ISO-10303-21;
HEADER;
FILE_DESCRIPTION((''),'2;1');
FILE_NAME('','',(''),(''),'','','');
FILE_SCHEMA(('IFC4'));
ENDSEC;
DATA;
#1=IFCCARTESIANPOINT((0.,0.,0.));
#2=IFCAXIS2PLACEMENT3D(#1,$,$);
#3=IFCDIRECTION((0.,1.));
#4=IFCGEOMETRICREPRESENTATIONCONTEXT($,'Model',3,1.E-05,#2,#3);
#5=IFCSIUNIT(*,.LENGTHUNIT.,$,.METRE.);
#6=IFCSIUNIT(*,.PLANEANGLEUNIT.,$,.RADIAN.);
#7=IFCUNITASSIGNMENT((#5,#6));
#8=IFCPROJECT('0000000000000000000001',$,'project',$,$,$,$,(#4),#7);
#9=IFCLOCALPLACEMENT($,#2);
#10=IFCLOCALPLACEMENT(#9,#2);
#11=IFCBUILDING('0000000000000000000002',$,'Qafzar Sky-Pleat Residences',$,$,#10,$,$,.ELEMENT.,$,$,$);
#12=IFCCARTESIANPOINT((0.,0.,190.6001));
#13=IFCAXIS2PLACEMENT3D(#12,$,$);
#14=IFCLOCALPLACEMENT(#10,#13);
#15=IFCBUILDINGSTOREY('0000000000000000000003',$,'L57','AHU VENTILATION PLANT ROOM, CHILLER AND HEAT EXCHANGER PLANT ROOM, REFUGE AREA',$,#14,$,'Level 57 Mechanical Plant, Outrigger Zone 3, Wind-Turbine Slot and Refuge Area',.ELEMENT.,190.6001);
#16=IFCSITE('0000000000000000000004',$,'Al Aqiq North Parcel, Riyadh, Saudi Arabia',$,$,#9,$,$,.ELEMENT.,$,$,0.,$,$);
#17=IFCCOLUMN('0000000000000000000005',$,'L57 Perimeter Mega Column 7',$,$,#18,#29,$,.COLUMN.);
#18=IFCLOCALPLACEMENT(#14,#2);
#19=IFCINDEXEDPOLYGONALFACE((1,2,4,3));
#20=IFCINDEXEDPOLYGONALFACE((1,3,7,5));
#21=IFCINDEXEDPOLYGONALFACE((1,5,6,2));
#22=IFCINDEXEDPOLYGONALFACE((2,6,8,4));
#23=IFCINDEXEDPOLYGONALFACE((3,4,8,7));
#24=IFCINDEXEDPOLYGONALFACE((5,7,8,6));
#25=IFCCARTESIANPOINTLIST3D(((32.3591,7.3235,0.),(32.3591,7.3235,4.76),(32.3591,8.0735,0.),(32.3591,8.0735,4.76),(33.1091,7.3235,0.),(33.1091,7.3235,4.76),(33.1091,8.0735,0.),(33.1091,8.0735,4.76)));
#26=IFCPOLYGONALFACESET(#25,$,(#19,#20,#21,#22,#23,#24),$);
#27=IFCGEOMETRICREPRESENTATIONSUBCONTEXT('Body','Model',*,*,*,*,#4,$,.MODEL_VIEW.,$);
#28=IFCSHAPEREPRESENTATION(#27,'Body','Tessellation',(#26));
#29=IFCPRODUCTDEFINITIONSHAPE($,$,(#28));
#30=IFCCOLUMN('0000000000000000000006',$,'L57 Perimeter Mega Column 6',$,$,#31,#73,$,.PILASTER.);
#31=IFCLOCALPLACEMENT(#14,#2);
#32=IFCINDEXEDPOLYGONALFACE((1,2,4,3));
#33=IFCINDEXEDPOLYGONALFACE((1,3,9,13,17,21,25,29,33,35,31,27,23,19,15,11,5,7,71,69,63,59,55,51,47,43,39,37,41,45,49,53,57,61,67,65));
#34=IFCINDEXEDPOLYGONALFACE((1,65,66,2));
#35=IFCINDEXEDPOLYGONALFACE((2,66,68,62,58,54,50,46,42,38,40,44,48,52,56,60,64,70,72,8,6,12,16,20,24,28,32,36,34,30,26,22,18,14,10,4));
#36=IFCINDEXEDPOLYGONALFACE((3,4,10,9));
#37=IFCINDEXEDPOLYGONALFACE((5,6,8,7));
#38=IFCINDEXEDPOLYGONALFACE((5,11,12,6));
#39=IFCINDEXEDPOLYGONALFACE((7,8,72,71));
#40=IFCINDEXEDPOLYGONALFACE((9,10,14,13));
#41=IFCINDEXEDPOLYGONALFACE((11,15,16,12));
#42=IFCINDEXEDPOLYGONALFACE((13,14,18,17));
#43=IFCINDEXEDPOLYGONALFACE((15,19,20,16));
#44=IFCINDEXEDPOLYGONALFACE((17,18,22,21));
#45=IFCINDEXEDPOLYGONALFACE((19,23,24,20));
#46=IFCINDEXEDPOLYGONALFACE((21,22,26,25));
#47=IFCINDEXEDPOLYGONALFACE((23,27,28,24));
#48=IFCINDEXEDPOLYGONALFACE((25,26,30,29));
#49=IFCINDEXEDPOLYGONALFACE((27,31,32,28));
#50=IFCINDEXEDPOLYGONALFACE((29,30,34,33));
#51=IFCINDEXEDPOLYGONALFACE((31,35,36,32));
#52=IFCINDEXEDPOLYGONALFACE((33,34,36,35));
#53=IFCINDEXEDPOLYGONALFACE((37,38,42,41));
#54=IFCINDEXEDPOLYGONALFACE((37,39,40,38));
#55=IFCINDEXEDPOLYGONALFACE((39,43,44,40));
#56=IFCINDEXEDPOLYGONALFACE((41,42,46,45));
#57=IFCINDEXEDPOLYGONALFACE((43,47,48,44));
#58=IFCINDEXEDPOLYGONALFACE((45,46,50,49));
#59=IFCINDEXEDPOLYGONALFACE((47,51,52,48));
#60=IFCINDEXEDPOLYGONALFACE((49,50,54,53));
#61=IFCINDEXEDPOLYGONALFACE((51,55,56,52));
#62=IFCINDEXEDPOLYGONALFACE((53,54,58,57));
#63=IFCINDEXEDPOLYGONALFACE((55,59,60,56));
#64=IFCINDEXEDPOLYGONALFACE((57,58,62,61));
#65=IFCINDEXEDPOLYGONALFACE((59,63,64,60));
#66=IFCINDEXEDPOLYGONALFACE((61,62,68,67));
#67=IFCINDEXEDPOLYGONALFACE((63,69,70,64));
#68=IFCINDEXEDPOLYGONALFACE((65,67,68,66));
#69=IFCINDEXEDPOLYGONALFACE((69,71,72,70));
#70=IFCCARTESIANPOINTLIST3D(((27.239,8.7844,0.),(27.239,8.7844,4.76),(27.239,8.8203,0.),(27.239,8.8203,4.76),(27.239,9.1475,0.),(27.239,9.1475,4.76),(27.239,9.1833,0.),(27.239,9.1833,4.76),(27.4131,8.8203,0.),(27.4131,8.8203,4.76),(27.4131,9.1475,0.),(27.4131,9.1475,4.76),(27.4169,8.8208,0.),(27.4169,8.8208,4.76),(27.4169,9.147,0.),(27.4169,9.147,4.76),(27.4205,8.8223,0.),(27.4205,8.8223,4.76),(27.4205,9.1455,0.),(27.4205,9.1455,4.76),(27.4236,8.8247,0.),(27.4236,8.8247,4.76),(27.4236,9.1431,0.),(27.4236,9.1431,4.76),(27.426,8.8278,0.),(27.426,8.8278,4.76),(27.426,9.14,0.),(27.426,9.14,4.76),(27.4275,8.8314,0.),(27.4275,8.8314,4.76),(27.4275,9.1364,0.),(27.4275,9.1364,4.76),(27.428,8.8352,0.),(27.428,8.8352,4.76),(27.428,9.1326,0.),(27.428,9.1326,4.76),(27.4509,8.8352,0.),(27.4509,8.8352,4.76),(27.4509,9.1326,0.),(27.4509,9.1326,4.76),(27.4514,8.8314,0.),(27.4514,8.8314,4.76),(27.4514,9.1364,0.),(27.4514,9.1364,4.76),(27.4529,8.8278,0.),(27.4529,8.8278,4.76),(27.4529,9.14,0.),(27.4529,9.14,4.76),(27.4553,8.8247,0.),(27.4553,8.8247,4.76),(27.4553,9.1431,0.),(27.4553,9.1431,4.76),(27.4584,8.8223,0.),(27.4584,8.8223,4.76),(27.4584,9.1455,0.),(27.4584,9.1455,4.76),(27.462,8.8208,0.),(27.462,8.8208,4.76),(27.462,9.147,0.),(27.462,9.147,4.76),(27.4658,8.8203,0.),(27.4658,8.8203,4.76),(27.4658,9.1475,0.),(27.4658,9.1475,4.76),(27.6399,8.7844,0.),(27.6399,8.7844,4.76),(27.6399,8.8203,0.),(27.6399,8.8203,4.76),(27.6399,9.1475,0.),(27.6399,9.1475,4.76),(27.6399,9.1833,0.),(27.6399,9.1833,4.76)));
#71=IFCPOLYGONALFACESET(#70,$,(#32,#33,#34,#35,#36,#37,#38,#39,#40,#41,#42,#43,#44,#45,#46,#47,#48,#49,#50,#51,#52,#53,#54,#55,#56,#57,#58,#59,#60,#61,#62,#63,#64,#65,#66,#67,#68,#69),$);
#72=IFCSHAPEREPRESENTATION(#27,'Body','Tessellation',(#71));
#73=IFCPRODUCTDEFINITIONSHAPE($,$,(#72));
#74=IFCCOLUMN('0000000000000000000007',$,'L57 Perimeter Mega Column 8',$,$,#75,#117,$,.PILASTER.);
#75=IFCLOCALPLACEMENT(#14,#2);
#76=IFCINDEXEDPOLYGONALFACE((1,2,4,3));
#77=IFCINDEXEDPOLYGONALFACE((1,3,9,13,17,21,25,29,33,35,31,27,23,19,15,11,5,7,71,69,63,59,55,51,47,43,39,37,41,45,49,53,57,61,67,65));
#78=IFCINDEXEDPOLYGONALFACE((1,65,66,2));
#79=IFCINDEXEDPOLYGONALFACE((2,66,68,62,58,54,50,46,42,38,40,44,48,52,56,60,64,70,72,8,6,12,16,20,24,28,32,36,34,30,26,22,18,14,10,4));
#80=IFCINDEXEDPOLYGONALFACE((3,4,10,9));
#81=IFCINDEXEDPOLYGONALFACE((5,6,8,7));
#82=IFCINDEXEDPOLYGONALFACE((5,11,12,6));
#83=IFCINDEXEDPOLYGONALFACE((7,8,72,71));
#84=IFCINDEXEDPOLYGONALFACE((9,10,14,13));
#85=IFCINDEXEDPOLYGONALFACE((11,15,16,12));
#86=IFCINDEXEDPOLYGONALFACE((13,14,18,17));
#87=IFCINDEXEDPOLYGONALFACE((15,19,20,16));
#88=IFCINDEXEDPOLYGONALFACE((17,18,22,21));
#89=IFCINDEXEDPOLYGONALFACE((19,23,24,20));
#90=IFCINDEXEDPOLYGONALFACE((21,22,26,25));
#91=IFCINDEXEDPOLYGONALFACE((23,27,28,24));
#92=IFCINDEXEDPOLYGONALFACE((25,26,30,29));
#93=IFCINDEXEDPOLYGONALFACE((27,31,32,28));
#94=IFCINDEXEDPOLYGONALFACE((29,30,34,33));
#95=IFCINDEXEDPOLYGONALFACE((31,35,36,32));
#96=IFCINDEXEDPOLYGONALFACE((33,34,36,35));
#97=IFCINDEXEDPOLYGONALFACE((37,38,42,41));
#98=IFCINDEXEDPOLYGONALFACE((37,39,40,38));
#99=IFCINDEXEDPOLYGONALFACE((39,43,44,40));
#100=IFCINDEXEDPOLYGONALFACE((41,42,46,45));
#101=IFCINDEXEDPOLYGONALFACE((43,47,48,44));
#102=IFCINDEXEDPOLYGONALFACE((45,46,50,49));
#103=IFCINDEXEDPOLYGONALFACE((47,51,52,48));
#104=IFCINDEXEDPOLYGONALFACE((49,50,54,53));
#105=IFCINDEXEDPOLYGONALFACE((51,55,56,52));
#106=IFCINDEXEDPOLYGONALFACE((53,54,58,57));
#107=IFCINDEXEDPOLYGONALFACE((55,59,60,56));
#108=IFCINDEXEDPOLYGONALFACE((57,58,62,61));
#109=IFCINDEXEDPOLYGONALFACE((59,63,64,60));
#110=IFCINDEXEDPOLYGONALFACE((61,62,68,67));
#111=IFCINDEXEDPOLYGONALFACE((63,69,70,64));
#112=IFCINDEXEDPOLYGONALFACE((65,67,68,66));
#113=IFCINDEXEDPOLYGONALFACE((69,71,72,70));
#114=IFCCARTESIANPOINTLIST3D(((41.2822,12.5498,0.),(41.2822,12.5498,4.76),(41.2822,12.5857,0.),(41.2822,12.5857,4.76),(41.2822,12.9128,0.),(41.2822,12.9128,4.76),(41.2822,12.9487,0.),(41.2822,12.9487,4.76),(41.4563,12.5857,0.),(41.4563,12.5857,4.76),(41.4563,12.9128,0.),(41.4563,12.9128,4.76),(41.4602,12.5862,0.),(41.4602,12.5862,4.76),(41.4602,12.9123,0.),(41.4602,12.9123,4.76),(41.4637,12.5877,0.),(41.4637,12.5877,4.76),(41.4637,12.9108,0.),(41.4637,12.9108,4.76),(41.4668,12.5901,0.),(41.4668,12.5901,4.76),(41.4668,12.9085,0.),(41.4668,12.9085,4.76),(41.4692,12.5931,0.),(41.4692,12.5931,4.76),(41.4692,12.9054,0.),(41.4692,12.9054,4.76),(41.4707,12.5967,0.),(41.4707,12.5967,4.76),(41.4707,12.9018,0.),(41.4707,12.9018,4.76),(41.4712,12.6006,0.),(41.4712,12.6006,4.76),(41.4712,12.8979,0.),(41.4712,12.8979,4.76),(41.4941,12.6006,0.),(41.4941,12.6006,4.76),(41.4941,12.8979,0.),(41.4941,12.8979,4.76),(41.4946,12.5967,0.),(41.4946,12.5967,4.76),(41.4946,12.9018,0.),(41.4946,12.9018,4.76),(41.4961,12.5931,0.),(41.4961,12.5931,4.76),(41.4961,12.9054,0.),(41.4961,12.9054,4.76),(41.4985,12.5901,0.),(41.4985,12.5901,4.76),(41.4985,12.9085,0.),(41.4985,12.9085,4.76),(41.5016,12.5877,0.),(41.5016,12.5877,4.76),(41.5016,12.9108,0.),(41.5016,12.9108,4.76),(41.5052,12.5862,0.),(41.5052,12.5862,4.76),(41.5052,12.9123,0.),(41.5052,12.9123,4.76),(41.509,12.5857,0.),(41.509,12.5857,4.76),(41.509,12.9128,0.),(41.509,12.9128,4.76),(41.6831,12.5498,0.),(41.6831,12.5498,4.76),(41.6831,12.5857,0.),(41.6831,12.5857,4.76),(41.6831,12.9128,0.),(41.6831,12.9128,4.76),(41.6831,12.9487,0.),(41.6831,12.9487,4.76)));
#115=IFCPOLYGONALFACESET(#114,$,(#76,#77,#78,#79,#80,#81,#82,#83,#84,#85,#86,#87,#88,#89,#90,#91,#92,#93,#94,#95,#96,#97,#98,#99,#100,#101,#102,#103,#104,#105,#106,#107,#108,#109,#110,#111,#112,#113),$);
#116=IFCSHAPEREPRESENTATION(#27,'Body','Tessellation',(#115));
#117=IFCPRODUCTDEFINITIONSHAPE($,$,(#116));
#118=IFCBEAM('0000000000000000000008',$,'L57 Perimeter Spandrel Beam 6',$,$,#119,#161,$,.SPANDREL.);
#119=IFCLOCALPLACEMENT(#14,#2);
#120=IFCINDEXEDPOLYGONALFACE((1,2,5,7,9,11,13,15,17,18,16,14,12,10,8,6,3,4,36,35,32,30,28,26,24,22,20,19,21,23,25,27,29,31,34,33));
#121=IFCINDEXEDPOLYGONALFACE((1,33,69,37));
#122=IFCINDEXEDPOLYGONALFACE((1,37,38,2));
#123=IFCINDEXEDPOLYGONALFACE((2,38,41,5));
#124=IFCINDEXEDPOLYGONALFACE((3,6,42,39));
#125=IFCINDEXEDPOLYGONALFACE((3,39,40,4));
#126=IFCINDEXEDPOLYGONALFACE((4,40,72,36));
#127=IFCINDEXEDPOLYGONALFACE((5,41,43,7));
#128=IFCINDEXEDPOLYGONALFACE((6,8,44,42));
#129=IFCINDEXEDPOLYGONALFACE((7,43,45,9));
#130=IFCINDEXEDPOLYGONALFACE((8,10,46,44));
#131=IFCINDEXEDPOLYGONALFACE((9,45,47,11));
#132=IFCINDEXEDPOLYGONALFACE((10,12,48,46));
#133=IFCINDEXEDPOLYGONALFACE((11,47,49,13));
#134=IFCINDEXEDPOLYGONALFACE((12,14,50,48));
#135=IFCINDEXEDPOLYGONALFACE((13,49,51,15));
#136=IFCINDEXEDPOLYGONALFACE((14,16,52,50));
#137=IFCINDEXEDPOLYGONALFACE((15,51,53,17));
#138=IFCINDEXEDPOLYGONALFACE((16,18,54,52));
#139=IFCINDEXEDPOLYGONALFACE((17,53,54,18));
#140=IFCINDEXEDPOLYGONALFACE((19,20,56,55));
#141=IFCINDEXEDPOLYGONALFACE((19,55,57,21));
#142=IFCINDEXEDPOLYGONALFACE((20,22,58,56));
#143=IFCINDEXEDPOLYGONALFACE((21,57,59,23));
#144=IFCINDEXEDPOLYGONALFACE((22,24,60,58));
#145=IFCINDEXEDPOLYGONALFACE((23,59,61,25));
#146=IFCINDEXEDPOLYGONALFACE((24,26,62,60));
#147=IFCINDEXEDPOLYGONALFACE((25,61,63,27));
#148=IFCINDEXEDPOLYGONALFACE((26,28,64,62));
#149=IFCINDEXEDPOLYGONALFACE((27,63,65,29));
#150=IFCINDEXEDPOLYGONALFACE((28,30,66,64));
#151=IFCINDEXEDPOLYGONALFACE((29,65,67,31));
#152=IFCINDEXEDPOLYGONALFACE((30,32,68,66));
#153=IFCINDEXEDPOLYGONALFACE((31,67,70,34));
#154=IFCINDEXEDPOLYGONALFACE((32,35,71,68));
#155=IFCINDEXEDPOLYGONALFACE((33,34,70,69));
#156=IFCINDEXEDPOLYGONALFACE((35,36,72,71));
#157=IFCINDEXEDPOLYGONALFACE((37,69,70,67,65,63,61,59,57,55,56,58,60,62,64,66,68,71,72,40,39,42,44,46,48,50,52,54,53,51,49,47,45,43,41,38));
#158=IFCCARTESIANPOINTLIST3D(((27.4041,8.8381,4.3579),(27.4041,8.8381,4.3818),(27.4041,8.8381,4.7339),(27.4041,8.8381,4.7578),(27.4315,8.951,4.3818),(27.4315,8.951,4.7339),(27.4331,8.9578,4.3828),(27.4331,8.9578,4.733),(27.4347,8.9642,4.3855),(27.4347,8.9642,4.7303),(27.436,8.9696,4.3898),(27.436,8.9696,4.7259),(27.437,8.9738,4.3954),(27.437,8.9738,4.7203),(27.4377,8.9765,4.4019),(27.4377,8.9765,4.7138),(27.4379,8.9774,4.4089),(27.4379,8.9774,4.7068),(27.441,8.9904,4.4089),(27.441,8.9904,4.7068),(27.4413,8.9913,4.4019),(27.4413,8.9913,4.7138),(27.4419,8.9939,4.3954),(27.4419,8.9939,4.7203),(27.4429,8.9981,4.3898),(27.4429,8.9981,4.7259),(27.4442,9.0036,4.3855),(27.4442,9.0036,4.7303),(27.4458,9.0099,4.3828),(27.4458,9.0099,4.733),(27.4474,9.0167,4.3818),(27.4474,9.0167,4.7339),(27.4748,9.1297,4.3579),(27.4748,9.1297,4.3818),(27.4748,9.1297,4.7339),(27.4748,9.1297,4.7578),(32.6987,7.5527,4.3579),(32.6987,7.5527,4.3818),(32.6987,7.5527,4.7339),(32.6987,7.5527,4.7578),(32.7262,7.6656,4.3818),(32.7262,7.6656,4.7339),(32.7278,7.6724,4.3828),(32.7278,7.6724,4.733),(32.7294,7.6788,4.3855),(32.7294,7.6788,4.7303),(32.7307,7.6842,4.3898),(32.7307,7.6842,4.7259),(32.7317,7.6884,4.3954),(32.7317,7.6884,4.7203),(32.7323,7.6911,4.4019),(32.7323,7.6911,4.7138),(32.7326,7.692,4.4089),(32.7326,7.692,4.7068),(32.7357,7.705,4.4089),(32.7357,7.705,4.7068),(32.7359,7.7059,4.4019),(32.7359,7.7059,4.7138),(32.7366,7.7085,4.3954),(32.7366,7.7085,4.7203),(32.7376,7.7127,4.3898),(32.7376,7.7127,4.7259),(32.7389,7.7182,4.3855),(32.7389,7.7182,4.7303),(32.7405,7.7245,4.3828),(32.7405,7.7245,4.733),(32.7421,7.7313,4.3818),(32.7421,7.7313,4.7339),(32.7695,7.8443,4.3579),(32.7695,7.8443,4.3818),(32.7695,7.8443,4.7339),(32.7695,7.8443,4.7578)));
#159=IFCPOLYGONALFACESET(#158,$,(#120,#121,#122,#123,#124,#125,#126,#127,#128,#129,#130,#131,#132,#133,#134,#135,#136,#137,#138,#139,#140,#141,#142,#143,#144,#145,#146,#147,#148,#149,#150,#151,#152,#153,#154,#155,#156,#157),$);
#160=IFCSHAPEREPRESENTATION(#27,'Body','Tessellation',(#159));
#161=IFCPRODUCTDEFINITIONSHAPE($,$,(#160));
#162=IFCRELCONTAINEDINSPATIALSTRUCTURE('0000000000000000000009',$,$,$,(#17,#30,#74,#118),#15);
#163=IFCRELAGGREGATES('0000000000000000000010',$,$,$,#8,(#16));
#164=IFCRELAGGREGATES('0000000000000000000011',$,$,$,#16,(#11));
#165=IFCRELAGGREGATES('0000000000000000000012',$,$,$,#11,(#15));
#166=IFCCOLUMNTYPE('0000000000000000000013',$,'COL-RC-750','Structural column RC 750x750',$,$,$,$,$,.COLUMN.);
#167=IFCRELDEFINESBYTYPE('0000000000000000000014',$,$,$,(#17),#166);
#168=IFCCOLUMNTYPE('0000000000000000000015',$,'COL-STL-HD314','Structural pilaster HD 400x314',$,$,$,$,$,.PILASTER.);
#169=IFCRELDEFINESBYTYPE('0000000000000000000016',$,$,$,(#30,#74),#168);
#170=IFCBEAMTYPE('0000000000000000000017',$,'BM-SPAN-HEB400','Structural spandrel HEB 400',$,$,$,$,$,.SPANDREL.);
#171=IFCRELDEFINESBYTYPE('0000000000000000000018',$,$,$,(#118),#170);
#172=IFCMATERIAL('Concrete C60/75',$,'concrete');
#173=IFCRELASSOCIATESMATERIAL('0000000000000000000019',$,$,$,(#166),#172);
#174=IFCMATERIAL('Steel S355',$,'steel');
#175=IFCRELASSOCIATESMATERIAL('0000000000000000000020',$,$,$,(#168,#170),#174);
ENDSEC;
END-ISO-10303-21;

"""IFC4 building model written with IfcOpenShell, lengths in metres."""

from ifc_helpers import new_model, si_unit, direction, frame, origin, origin_2d, place, context, subcontext, project, spatial, rectangle, i_section, extrude, source, transform, mapped, material, material_profile, profile_set, type_object, element, save


model = new_model("IFC4")

# Units and contexts
model_context = context("Model", 3, precision=1e-05, world=origin(), true_north=direction((0.0, 1.0)))
body_context = subcontext(model_context, "Body", "Model", "MODEL_VIEW")
ifc_project = project(units=[si_unit("LENGTHUNIT", "METRE"), si_unit("PLANEANGLEUNIT", "RADIAN")], contexts=[model_context])

# Site, building, storey
site_placement = place(None, origin())
site = spatial("IfcSite", under=ifc_project, at=site_placement, Name="Al Aqiq North Parcel, Riyadh, Saudi Arabia", CompositionType="ELEMENT", RefElevation=0.0)
building_placement = place(site_placement, origin())
building = spatial("IfcBuilding", under=site, at=building_placement, Name="Qafzar Sky-Pleat Residences", CompositionType="ELEMENT")
storey_placement = place(building_placement, frame((0.0, 0.0, 190.6001)))
storey = spatial("IfcBuildingStorey", under=building, at=storey_placement, Name="L57", Description="AHU VENTILATION PLANT ROOM, CHILLER AND HEAT EXCHANGER PLANT ROOM, REFUGE AREA", LongName="Level 57 Mechanical Plant, Outrigger Zone 3, Wind-Turbine Slot and Refuge Area", CompositionType="ELEMENT", Elevation=190.6001)

# Columns
ifc_material_1 = material(Name="Concrete C60/75", Category="concrete")
ifc_material_profile_1 = material_profile(ifc_material_1, rectangle(XDim=0.75, YDim=0.75, at=origin_2d()), Name="RC 750x750")
ifc_profile_set_1 = profile_set([ifc_material_profile_1], Name="Concrete C60/75")
column_type_1 = type_object("IfcColumnType", Name="COL-RC-750", Description="Structural column RC 750x750", PredefinedType="COLUMN", material=ifc_profile_set_1)
shared_shape_1 = source(origin(), body_context, "Body", "SweptSolid", [
    extrude(rectangle(XDim=0.75, YDim=0.75, at=origin_2d()), origin(), (0.0, 0.0, 1.0), 4.76),
])
column_placement = place(storey_placement, frame((32.7341, 7.6985, 0.0), z_axis=(0.0, 0.0, 1.0), x_axis=(1.0, 0.0, 0.0)))
element("IfcColumn", 1, at=column_placement, inside=storey, type_object=column_type_1, Name="L57 Perimeter Mega Column 7", PredefinedType="COLUMN", context=body_context, shape_type="MappedRepresentation", body=[
    mapped(shared_shape_1, transform((0.0, 0.0, 0.0), x_axis=(1.0, 0.0, 0.0), y_axis=(0.0, 1.0, 0.0), z_axis=(0.0, 0.0, 1.0), scale=1.0)),
])
ifc_material_2 = material(Name="Steel S355", Category="steel")
ifc_material_profile_2 = material_profile(ifc_material_2, i_section(OverallWidth=0.4009, OverallDepth=0.3989, WebThickness=0.0229, FlangeThickness=0.0359, FilletRadius=0.0149, at=origin_2d()), Name="HD 400x314")
ifc_profile_set_2 = profile_set([ifc_material_profile_2], Name="Steel S355")
column_type_2 = type_object("IfcColumnType", Name="COL-STL-HD314", Description="Structural pilaster HD 400x314", PredefinedType="PILASTER", material=ifc_profile_set_2)
shared_shape_2 = source(origin(), body_context, "Body", "SweptSolid", [
    extrude(i_section(OverallWidth=0.4009, OverallDepth=0.3989, WebThickness=0.0229, FlangeThickness=0.0359, FilletRadius=0.0149, at=origin_2d()), origin(), (0.0, 0.0, 1.0), 4.76),
])
for number, where, z_axis, x_axis, name in (
    (2, (27.4395, 8.9839, 0.0), (0.0, 0.0, 1.0), (1.0, 0.0, 0.0), "L57 Perimeter Mega Column 6"),
    (3, (41.4827, 12.7493, 0.0), (0.0, 0.0, 1.0), (1.0, 0.0, 0.0), "L57 Perimeter Mega Column 8"),
):
    element("IfcColumn", number, at=place(storey_placement, frame(where, z_axis=z_axis, x_axis=x_axis)), inside=storey, type_object=column_type_2, Name=name, PredefinedType="PILASTER", context=body_context, shape_type="MappedRepresentation", body=[
        mapped(shared_shape_2, transform((0.0, 0.0, 0.0), x_axis=(1.0, 0.0, 0.0), y_axis=(0.0, 1.0, 0.0), z_axis=(0.0, 0.0, 1.0), scale=1.0)),
    ])

# Beam
ifc_material_profile_3 = material_profile(ifc_material_2, i_section(OverallWidth=0.3, OverallDepth=0.3999, WebThickness=0.0134, FlangeThickness=0.0239, FilletRadius=0.0271, at=origin_2d()), Name="HEB 400")
ifc_profile_set_3 = profile_set([ifc_material_profile_3], Name="Steel S355")
beam_type_1 = type_object("IfcBeamType", Name="BM-SPAN-HEB400", Description="Structural spandrel HEB 400", PredefinedType="SPANDREL", material=ifc_profile_set_3)
shared_shape_3 = source(origin(), body_context, "Body", "SweptSolid", [
    extrude(i_section(OverallWidth=0.3, OverallDepth=0.3999, WebThickness=0.0134, FlangeThickness=0.0239, FilletRadius=0.0271, at=origin_2d()), origin(), (0.0, 0.0, 1.0), 5.4485),
])
for number, where, z_axis, x_axis, name in (
    (4, (27.4395, 8.9839, 4.5579), (0.971773, -0.235919, 0.0), (0.235919, 0.971773, 0.0), "L57 Perimeter Spandrel Beam 6"),
):
    element("IfcBeam", number, at=place(storey_placement, frame(where, z_axis=z_axis, x_axis=x_axis)), inside=storey, type_object=beam_type_1, Name=name, PredefinedType="SPANDREL", context=body_context, shape_type="MappedRepresentation", body=[
        mapped(shared_shape_3, transform((0.0, 0.0, 0.0), x_axis=(1.0, 0.0, 0.0), y_axis=(0.0, 1.0, 0.0), z_axis=(0.0, 0.0, 1.0), scale=1.0)),
    ])

save(model, "model.ifc")
